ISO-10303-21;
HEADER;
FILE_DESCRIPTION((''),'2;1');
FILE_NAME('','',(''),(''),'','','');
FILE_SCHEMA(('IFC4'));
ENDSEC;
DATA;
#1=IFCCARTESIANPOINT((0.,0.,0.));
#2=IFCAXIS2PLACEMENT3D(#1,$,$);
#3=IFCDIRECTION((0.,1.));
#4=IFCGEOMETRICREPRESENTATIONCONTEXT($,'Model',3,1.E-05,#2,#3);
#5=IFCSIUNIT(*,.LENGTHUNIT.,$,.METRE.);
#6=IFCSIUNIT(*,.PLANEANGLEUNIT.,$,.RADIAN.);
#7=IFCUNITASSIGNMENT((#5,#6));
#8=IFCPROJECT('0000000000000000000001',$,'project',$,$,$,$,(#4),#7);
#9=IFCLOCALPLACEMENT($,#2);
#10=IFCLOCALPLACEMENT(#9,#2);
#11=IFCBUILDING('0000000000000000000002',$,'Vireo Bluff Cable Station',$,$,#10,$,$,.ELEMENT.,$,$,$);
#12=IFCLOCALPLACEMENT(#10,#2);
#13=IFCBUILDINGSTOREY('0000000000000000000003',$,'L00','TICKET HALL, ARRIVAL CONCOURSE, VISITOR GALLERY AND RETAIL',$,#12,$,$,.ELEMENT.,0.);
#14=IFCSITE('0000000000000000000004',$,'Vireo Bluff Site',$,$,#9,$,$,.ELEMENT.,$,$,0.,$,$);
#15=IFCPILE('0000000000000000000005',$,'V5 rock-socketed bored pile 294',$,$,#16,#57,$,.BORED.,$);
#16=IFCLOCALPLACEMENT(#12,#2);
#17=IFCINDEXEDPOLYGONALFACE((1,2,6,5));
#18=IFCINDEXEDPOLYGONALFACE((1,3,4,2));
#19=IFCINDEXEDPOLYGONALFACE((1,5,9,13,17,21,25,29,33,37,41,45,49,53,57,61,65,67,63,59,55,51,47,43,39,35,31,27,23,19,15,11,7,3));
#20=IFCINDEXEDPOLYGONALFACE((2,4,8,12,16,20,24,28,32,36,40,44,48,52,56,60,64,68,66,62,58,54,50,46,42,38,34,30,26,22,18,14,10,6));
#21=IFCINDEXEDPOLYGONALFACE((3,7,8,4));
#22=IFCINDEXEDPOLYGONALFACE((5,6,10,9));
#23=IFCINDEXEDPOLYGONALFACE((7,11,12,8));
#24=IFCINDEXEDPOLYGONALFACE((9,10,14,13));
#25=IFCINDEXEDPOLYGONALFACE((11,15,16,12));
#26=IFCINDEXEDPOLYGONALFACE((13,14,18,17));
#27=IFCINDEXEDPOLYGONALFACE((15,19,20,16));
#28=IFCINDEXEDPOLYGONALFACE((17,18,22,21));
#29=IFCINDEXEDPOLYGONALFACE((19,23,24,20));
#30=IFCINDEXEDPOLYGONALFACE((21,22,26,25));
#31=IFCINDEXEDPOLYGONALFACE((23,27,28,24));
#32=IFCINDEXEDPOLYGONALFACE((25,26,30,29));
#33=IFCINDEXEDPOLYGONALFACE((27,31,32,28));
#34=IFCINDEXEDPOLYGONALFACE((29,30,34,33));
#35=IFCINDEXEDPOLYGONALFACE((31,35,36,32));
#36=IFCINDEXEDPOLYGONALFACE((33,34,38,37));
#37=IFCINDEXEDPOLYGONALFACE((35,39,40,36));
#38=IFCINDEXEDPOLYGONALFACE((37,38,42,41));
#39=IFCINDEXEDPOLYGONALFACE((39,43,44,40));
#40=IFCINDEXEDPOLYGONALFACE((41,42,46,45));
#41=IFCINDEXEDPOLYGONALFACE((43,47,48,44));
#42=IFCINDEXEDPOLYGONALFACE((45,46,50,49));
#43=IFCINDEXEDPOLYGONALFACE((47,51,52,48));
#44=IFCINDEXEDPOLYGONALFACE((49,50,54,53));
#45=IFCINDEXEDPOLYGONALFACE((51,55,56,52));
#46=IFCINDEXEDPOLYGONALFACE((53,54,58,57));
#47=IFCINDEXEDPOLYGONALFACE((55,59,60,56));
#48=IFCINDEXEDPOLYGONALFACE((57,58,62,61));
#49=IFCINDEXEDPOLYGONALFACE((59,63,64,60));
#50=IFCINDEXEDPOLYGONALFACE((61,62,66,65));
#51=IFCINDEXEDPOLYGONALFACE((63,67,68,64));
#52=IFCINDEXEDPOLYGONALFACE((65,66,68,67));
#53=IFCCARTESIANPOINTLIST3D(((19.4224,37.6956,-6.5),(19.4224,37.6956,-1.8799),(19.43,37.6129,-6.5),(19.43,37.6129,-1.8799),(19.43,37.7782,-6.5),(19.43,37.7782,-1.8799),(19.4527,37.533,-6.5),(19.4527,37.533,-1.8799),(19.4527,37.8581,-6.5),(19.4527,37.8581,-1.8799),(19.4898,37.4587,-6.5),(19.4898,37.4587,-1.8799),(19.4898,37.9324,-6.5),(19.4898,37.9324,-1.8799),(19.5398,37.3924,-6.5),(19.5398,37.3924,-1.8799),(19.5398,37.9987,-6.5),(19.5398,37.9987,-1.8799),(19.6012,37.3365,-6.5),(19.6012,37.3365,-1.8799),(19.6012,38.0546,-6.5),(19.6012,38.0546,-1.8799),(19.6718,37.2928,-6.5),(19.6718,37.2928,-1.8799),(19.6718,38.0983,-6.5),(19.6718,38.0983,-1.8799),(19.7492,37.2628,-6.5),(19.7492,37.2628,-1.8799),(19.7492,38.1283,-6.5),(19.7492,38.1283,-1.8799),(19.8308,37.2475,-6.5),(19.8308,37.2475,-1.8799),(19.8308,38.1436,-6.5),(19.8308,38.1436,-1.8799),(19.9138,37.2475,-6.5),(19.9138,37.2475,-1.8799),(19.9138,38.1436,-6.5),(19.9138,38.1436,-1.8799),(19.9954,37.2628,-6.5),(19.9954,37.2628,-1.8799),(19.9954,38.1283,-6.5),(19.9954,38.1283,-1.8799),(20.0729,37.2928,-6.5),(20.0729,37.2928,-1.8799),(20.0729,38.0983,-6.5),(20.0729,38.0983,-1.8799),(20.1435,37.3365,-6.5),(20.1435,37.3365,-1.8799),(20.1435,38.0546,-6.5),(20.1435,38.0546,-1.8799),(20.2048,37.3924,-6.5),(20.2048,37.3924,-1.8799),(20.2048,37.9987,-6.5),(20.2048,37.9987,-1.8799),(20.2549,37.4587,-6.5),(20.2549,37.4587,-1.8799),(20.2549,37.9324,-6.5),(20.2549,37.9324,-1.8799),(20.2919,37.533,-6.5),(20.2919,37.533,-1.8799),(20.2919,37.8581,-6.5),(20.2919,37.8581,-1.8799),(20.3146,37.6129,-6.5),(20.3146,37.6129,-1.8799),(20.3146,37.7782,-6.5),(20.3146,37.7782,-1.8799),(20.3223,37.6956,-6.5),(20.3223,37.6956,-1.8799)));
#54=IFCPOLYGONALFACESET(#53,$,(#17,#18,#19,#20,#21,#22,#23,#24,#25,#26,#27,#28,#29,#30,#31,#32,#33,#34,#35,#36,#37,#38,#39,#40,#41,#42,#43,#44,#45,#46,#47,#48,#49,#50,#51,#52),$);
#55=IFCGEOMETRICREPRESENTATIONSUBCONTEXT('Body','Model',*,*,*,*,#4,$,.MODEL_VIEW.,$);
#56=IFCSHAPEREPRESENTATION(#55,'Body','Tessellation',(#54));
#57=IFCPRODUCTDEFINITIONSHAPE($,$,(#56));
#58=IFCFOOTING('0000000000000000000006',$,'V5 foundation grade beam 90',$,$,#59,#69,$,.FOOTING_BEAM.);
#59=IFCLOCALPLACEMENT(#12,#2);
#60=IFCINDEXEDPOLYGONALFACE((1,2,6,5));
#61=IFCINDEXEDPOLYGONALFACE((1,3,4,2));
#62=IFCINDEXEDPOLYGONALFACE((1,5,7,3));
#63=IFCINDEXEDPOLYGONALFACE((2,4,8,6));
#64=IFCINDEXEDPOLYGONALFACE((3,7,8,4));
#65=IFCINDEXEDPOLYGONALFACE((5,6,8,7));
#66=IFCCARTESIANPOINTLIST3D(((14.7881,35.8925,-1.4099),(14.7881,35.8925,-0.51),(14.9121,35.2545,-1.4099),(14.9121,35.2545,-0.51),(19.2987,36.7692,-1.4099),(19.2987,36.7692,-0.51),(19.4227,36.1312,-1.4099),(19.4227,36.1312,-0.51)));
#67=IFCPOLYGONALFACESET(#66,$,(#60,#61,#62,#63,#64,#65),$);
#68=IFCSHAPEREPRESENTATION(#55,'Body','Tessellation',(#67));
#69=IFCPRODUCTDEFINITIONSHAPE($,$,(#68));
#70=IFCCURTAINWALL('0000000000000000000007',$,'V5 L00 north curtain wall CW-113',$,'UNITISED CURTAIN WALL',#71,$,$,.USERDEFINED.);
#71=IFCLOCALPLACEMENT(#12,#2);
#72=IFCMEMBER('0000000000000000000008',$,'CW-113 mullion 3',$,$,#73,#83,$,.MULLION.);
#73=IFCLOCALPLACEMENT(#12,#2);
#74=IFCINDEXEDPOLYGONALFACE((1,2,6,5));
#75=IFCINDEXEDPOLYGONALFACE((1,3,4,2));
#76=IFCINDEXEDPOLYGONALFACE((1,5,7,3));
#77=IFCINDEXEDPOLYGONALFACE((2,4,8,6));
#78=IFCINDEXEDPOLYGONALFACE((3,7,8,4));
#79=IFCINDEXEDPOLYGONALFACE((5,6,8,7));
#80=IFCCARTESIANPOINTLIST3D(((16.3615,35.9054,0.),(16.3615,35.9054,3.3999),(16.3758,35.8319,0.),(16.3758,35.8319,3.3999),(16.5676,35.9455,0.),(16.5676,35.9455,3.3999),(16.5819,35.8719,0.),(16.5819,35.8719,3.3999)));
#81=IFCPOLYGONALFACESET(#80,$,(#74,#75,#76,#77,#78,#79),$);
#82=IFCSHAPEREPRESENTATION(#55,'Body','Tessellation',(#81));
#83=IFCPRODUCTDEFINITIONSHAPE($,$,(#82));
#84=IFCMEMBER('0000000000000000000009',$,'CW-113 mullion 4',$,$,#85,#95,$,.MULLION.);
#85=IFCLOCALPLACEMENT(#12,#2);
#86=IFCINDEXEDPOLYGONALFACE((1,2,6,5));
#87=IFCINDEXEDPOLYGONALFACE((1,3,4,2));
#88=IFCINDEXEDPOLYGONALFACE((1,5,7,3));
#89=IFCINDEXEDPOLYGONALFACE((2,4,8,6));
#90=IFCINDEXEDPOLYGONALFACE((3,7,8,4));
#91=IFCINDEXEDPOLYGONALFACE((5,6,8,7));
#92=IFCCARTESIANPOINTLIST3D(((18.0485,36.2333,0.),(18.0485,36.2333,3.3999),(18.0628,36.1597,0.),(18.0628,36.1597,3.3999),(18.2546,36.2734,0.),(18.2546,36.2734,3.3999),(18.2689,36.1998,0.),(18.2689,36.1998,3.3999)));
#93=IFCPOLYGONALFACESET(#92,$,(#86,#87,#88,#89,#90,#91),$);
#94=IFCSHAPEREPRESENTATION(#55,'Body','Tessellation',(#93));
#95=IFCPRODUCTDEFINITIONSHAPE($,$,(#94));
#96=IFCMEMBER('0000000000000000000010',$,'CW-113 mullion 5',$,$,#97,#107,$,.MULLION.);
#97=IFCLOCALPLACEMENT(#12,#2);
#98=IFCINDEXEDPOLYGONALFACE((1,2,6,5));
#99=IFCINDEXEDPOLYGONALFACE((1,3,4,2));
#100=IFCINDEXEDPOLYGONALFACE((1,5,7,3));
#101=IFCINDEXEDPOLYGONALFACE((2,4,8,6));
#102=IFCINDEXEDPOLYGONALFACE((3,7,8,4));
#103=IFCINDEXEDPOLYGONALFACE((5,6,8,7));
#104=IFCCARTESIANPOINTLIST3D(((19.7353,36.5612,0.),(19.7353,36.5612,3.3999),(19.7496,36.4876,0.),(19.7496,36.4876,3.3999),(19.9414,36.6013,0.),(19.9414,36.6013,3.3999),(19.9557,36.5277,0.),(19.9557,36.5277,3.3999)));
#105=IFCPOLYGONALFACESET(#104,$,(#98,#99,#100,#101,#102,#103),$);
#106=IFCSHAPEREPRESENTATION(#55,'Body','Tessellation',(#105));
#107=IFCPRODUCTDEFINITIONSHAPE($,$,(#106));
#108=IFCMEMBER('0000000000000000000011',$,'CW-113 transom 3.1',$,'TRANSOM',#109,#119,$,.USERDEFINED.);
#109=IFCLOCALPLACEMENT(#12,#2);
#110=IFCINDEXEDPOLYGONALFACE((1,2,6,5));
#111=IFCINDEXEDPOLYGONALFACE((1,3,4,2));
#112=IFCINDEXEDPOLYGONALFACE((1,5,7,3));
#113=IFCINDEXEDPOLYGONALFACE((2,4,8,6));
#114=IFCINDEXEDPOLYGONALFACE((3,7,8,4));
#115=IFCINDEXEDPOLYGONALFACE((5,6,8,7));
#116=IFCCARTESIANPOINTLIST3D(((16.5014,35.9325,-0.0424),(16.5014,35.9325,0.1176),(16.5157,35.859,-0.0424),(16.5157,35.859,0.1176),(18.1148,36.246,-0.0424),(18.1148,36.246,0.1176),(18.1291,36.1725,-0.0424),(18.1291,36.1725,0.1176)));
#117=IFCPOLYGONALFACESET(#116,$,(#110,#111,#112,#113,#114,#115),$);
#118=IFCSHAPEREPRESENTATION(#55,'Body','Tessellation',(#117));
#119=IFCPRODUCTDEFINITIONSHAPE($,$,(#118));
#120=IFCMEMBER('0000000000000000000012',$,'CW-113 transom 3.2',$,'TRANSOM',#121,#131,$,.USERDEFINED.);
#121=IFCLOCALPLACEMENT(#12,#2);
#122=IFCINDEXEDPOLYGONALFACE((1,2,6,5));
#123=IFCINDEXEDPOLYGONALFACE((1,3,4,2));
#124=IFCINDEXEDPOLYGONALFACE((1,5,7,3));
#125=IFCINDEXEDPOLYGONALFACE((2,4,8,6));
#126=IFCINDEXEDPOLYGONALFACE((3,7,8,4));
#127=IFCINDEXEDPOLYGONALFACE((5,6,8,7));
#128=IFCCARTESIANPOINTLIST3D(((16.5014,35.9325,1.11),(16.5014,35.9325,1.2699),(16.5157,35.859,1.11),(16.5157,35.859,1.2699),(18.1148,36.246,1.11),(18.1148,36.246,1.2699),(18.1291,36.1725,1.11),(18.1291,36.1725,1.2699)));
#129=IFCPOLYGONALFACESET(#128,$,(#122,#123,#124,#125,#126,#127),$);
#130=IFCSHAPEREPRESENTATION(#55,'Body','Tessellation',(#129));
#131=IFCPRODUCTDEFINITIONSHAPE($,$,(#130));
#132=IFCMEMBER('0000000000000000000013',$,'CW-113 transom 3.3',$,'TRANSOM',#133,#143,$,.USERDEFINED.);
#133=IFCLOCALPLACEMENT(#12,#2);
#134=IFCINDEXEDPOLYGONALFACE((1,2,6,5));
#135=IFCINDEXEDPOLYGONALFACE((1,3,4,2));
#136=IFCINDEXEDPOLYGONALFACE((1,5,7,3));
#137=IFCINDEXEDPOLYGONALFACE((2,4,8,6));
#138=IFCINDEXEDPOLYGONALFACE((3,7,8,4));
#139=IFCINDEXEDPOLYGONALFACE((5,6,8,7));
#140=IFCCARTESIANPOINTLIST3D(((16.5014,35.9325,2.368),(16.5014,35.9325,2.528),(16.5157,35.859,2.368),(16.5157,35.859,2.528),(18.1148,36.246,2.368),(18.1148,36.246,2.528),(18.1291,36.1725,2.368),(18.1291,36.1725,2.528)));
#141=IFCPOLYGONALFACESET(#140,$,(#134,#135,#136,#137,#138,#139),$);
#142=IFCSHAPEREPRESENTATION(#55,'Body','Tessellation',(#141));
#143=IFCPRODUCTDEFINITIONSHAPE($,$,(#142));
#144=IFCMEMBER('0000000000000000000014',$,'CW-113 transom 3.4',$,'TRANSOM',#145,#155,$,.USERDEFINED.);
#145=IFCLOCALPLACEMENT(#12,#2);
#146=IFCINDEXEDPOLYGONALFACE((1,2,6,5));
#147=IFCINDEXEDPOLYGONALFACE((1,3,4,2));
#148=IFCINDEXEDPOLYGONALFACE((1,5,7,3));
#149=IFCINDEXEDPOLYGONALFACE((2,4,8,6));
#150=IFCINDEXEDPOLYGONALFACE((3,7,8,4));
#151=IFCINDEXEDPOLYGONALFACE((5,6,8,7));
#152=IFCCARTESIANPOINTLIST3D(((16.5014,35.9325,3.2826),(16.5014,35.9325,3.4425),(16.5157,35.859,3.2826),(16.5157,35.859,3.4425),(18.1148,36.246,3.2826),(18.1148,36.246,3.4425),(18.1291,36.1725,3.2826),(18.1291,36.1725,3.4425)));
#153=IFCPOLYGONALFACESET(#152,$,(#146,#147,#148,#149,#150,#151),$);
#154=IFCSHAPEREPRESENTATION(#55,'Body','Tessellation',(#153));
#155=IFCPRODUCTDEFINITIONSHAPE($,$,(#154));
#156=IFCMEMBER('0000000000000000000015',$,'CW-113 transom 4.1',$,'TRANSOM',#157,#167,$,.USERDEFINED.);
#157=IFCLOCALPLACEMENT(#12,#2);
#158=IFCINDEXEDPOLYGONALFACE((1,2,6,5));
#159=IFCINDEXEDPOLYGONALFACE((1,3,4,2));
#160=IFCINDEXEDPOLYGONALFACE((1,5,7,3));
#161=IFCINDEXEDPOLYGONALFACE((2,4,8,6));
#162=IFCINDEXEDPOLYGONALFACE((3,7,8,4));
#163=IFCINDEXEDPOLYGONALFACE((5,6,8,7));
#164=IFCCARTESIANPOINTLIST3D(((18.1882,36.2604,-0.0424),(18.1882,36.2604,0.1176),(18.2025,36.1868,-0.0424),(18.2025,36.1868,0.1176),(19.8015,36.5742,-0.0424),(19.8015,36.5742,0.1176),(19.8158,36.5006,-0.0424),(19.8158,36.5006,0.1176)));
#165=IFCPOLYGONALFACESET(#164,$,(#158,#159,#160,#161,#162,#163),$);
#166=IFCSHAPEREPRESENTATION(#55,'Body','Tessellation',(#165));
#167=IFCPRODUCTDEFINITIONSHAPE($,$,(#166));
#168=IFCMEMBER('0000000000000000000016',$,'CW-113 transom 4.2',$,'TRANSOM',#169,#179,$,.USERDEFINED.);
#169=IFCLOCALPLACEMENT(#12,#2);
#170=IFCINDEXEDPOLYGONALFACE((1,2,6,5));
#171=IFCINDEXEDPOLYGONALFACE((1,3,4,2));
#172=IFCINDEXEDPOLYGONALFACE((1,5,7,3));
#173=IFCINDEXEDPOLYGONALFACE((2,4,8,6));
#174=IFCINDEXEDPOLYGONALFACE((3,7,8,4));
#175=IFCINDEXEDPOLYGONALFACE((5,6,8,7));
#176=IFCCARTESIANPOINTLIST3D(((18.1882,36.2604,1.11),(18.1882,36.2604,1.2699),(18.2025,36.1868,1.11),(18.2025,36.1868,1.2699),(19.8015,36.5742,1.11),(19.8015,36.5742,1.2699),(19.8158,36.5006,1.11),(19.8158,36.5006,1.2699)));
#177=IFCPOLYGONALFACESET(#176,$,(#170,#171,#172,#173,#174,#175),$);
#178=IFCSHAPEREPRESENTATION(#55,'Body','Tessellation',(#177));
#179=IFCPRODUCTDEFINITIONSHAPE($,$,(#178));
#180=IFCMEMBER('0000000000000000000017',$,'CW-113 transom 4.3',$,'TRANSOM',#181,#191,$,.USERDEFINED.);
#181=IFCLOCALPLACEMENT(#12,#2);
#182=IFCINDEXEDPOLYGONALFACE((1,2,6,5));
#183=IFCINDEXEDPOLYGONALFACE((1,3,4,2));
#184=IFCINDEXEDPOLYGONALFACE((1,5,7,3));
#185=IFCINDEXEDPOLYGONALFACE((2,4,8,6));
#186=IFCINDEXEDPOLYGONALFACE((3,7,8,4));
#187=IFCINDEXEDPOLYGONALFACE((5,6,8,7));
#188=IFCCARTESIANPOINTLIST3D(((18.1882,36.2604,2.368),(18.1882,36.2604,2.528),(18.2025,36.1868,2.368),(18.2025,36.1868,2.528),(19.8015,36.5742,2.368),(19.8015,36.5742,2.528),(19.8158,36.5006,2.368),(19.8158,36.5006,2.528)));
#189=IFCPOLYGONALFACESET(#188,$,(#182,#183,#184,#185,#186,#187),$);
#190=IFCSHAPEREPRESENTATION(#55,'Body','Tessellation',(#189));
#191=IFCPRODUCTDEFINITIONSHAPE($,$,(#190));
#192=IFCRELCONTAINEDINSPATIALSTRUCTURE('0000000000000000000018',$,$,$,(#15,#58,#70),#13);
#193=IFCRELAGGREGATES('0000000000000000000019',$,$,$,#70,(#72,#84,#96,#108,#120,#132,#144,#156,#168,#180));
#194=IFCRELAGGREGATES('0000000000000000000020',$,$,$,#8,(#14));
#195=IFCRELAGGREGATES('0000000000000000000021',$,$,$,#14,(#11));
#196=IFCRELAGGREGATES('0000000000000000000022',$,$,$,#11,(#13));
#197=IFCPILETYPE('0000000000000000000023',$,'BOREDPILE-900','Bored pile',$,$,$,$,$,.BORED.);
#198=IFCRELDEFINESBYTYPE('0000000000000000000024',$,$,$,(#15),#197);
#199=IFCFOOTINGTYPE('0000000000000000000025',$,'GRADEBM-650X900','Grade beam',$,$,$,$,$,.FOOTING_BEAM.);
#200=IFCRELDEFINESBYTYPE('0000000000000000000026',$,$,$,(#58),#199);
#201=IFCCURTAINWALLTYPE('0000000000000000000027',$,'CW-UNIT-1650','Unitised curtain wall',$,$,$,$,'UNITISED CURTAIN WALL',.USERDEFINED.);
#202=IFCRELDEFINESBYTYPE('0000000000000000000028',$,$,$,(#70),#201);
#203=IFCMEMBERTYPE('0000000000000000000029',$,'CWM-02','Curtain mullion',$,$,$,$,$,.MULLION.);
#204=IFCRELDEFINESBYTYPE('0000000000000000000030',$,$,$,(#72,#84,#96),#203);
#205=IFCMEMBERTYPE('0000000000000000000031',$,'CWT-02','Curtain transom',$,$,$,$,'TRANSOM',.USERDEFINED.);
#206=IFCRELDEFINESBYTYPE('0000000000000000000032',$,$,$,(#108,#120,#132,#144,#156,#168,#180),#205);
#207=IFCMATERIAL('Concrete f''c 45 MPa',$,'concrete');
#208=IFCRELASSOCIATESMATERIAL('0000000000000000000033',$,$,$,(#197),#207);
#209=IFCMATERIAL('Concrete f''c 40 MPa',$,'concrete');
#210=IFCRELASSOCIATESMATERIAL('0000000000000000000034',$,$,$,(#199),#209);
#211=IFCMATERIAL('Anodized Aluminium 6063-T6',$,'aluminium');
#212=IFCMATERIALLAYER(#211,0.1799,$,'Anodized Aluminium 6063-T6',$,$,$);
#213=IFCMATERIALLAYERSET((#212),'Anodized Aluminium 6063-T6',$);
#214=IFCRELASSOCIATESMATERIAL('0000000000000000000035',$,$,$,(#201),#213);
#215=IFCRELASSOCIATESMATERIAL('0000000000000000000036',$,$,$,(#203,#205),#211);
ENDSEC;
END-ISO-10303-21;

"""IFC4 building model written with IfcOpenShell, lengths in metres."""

from ifc_helpers import new_model, si_unit, direction, frame, origin, origin_2d, place, context, subcontext, project, spatial, rectangle, circle, extrude, material, layer, layer_set, material_profile, profile_set, type_object, element, aggregate, save


model = new_model("IFC4")

# Units and contexts
model_context = context("Model", 3, precision=1e-05, world=origin(), true_north=direction((0.0, 1.0)))
body_context = subcontext(model_context, "Body", "Model", "MODEL_VIEW")
ifc_project = project(units=[si_unit("LENGTHUNIT", "METRE"), si_unit("PLANEANGLEUNIT", "RADIAN")], contexts=[model_context])

# Site, building, storey
site_placement = place(None, origin())
site = spatial("IfcSite", under=ifc_project, at=site_placement, Name="Vireo Bluff Site", CompositionType="ELEMENT", RefElevation=0.0)
building_placement = place(site_placement, origin())
building = spatial("IfcBuilding", under=site, at=building_placement, Name="Vireo Bluff Cable Station", CompositionType="ELEMENT")
storey_placement = place(building_placement, origin())
storey = spatial("IfcBuildingStorey", under=building, at=storey_placement, Name="L00", Description="TICKET HALL, ARRIVAL CONCOURSE, VISITOR GALLERY AND RETAIL", CompositionType="ELEMENT", Elevation=0.0)

# Pile
ifc_material_1 = material(Name="Concrete f'c 45 MPa", Category="concrete")
ifc_material_profile_1 = material_profile(ifc_material_1, circle(Radius=0.45, at=origin_2d()), Name="BOREDPILE-900")
ifc_profile_set_1 = profile_set([ifc_material_profile_1], Name="Concrete f'c 45 MPa")
pile_type = type_object("IfcPileType", Name="BOREDPILE-900", Description="Bored pile", PredefinedType="BORED", material=ifc_profile_set_1)
pile_placement = place(storey_placement, frame((19.8723, 37.6956, -1.8799), z_axis=(0.0, 0.0, -1.0), x_axis=(1.0, 0.0, 0.0)))
element("IfcPile", 1, at=pile_placement, inside=storey, type_object=pile_type, Name="V5 rock-socketed bored pile 294", PredefinedType="BORED", context=body_context, shape_type="SweptSolid", body=[
    extrude(circle(Radius=0.45, at=origin_2d()), origin(), (0.0, 0.0, 1.0), 4.6201),
])

# Footing
ifc_material_2 = material(Name="Concrete f'c 40 MPa", Category="concrete")
ifc_material_profile_2 = material_profile(ifc_material_2, rectangle(XDim=0.6499, YDim=0.8999, at=origin_2d()), Name="GRADEBM-650X900")
ifc_profile_set_2 = profile_set([ifc_material_profile_2], Name="Concrete f'c 40 MPa")
footing_type = type_object("IfcFootingType", Name="GRADEBM-650X900", Description="Grade beam", PredefinedType="FOOTING_BEAM", material=ifc_profile_set_2)
footing_placement = place(storey_placement, frame((14.8501, 35.5735, -0.96), z_axis=(0.981629, 0.1908, 0.0), x_axis=(-0.1908, 0.981629, 0.0)))
element("IfcFooting", 2, at=footing_placement, inside=storey, type_object=footing_type, Name="V5 foundation grade beam 90", PredefinedType="FOOTING_BEAM", context=body_context, shape_type="SweptSolid", body=[
    extrude(rectangle(XDim=0.6499, YDim=0.8999, at=origin_2d()), origin(), (0.0, 0.0, 1.0), 4.595),
])

# Curtain wall, members
ifc_material_3 = material(Name="Anodized Aluminium 6063-T6", Category="aluminium")
ifc_layer_1 = layer(ifc_material_3, 0.1799, Name="Anodized Aluminium 6063-T6")
ifc_layer_set_1 = layer_set([ifc_layer_1], Name="Anodized Aluminium 6063-T6")
curtain_wall_type = type_object("IfcCurtainWallType", Name="CW-UNIT-1650", Description="Unitised curtain wall", ElementType="UNITISED CURTAIN WALL", PredefinedType="USERDEFINED", material=ifc_layer_set_1)
curtain_wall_placement = place(storey_placement, origin())
curtain_wall = element("IfcCurtainWall", 3, at=curtain_wall_placement, inside=storey, type_object=curtain_wall_type, Name="V5 L00 north curtain wall CW-113", ObjectType="UNITISED CURTAIN WALL", PredefinedType="USERDEFINED")
ifc_material_profile_3 = material_profile(ifc_material_3, rectangle(XDim=0.075, YDim=0.21, at=origin_2d()), Name="ALU-M-75X210")
ifc_profile_set_3 = profile_set([ifc_material_profile_3], Name="Anodized Aluminium 6063-T6")
member_type_1 = type_object("IfcMemberType", Name="CWM-02", Description="Curtain mullion", PredefinedType="MULLION", material=ifc_profile_set_3)
member_1_placement = place(storey_placement, frame((16.4717, 35.8887, 0.0), z_axis=(0.0, 0.0, 1.0), x_axis=(-0.190809, 0.981627, 0.0)))
member_1 = element("IfcMember", 4, at=member_1_placement, type_object=member_type_1, Name="CW-113 mullion 3", PredefinedType="MULLION", context=body_context, shape_type="SweptSolid", body=[
    extrude(rectangle(XDim=0.075, YDim=0.21, at=origin_2d()), origin(), (0.0, 0.0, 1.0), 3.3999),
])
member_2_placement = place(storey_placement, frame((18.1587, 36.2166, 0.0), z_axis=(0.0, 0.0, 1.0), x_axis=(-0.190809, 0.981627, 0.0)))
member_2 = element("IfcMember", 5, at=member_2_placement, type_object=member_type_1, Name="CW-113 mullion 4", PredefinedType="MULLION", context=body_context, shape_type="SweptSolid", body=[
    extrude(rectangle(XDim=0.075, YDim=0.21, at=origin_2d()), origin(), (0.0, 0.0, 1.0), 3.3999),
])
member_3_placement = place(storey_placement, frame((19.8455, 36.5444, 0.0), z_axis=(0.0, 0.0, 1.0), x_axis=(-0.190809, 0.981627, 0.0)))
member_3 = element("IfcMember", 6, at=member_3_placement, type_object=member_type_1, Name="CW-113 mullion 5", PredefinedType="MULLION", context=body_context, shape_type="SweptSolid", body=[
    extrude(rectangle(XDim=0.075, YDim=0.21, at=origin_2d()), origin(), (0.0, 0.0, 1.0), 3.3999),
])
ifc_material_profile_4 = material_profile(ifc_material_3, rectangle(XDim=0.075, YDim=0.1599, at=origin_2d()), Name="ALU-T-75X160")
ifc_profile_set_4 = profile_set([ifc_material_profile_4], Name="Anodized Aluminium 6063-T6")
member_type_2 = type_object("IfcMemberType", Name="CWT-02", Description="Curtain transom", ElementType="TRANSOM", PredefinedType="USERDEFINED", material=ifc_profile_set_4)
member_4_placement = place(storey_placement, frame((16.5085, 35.8958, 0.0376), z_axis=(0.98164, 0.190742, 0.0), x_axis=(-0.190742, 0.98164, 0.0)))
member_4 = element("IfcMember", 7, at=member_4_placement, type_object=member_type_2, Name="CW-113 transom 3.1", ObjectType="TRANSOM", PredefinedType="USERDEFINED", context=body_context, shape_type="SweptSolid", body=[
    extrude(rectangle(XDim=0.075, YDim=0.1599, at=origin_2d()), origin(), (0.0, 0.0, 1.0), 1.6436),
])
member_5_placement = place(storey_placement, frame((16.5085, 35.8958, 1.1899), z_axis=(0.98164, 0.190742, 0.0), x_axis=(-0.190742, 0.98164, 0.0)))
member_5 = element("IfcMember", 8, at=member_5_placement, type_object=member_type_2, Name="CW-113 transom 3.2", ObjectType="TRANSOM", PredefinedType="USERDEFINED", context=body_context, shape_type="SweptSolid", body=[
    extrude(rectangle(XDim=0.075, YDim=0.1599, at=origin_2d()), origin(), (0.0, 0.0, 1.0), 1.6436),
])
member_6_placement = place(storey_placement, frame((16.5085, 35.8958, 2.448), z_axis=(0.98164, 0.190742, 0.0), x_axis=(-0.190742, 0.98164, 0.0)))
member_6 = element("IfcMember", 9, at=member_6_placement, type_object=member_type_2, Name="CW-113 transom 3.3", ObjectType="TRANSOM", PredefinedType="USERDEFINED", context=body_context, shape_type="SweptSolid", body=[
    extrude(rectangle(XDim=0.075, YDim=0.1599, at=origin_2d()), origin(), (0.0, 0.0, 1.0), 1.6436),
])
member_7_placement = place(storey_placement, frame((16.5085, 35.8958, 3.3625), z_axis=(0.98164, 0.190742, 0.0), x_axis=(-0.190742, 0.98164, 0.0)))
member_7 = element("IfcMember", 10, at=member_7_placement, type_object=member_type_2, Name="CW-113 transom 3.4", ObjectType="TRANSOM", PredefinedType="USERDEFINED", context=body_context, shape_type="SweptSolid", body=[
    extrude(rectangle(XDim=0.075, YDim=0.1599, at=origin_2d()), origin(), (0.0, 0.0, 1.0), 1.6436),
])
member_8_placement = place(storey_placement, frame((18.1953, 36.2236, 0.0376), z_axis=(0.981612, 0.190886, 0.0), x_axis=(-0.190886, 0.981612, 0.0)))
member_8 = element("IfcMember", 11, at=member_8_placement, type_object=member_type_2, Name="CW-113 transom 4.1", ObjectType="TRANSOM", PredefinedType="USERDEFINED", context=body_context, shape_type="SweptSolid", body=[
    extrude(rectangle(XDim=0.075, YDim=0.1599, at=origin_2d()), origin(), (0.0, 0.0, 1.0), 1.6436),
])
member_9_placement = place(storey_placement, frame((18.1953, 36.2236, 1.1899), z_axis=(0.981612, 0.190886, 0.0), x_axis=(-0.190886, 0.981612, 0.0)))
member_9 = element("IfcMember", 12, at=member_9_placement, type_object=member_type_2, Name="CW-113 transom 4.2", ObjectType="TRANSOM", PredefinedType="USERDEFINED", context=body_context, shape_type="SweptSolid", body=[
    extrude(rectangle(XDim=0.075, YDim=0.1599, at=origin_2d()), origin(), (0.0, 0.0, 1.0), 1.6436),
])
member_10_placement = place(storey_placement, frame((18.1953, 36.2236, 2.448), z_axis=(0.981612, 0.190886, 0.0), x_axis=(-0.190886, 0.981612, 0.0)))
member_10 = element("IfcMember", 13, at=member_10_placement, type_object=member_type_2, Name="CW-113 transom 4.3", ObjectType="TRANSOM", PredefinedType="USERDEFINED", context=body_context, shape_type="SweptSolid", body=[
    extrude(rectangle(XDim=0.075, YDim=0.1599, at=origin_2d()), origin(), (0.0, 0.0, 1.0), 1.6436),
])
aggregate(curtain_wall, [member_1, member_2, member_3, member_4, member_5, member_6, member_7, member_8, member_9, member_10])

save(model, "model.ifc")
